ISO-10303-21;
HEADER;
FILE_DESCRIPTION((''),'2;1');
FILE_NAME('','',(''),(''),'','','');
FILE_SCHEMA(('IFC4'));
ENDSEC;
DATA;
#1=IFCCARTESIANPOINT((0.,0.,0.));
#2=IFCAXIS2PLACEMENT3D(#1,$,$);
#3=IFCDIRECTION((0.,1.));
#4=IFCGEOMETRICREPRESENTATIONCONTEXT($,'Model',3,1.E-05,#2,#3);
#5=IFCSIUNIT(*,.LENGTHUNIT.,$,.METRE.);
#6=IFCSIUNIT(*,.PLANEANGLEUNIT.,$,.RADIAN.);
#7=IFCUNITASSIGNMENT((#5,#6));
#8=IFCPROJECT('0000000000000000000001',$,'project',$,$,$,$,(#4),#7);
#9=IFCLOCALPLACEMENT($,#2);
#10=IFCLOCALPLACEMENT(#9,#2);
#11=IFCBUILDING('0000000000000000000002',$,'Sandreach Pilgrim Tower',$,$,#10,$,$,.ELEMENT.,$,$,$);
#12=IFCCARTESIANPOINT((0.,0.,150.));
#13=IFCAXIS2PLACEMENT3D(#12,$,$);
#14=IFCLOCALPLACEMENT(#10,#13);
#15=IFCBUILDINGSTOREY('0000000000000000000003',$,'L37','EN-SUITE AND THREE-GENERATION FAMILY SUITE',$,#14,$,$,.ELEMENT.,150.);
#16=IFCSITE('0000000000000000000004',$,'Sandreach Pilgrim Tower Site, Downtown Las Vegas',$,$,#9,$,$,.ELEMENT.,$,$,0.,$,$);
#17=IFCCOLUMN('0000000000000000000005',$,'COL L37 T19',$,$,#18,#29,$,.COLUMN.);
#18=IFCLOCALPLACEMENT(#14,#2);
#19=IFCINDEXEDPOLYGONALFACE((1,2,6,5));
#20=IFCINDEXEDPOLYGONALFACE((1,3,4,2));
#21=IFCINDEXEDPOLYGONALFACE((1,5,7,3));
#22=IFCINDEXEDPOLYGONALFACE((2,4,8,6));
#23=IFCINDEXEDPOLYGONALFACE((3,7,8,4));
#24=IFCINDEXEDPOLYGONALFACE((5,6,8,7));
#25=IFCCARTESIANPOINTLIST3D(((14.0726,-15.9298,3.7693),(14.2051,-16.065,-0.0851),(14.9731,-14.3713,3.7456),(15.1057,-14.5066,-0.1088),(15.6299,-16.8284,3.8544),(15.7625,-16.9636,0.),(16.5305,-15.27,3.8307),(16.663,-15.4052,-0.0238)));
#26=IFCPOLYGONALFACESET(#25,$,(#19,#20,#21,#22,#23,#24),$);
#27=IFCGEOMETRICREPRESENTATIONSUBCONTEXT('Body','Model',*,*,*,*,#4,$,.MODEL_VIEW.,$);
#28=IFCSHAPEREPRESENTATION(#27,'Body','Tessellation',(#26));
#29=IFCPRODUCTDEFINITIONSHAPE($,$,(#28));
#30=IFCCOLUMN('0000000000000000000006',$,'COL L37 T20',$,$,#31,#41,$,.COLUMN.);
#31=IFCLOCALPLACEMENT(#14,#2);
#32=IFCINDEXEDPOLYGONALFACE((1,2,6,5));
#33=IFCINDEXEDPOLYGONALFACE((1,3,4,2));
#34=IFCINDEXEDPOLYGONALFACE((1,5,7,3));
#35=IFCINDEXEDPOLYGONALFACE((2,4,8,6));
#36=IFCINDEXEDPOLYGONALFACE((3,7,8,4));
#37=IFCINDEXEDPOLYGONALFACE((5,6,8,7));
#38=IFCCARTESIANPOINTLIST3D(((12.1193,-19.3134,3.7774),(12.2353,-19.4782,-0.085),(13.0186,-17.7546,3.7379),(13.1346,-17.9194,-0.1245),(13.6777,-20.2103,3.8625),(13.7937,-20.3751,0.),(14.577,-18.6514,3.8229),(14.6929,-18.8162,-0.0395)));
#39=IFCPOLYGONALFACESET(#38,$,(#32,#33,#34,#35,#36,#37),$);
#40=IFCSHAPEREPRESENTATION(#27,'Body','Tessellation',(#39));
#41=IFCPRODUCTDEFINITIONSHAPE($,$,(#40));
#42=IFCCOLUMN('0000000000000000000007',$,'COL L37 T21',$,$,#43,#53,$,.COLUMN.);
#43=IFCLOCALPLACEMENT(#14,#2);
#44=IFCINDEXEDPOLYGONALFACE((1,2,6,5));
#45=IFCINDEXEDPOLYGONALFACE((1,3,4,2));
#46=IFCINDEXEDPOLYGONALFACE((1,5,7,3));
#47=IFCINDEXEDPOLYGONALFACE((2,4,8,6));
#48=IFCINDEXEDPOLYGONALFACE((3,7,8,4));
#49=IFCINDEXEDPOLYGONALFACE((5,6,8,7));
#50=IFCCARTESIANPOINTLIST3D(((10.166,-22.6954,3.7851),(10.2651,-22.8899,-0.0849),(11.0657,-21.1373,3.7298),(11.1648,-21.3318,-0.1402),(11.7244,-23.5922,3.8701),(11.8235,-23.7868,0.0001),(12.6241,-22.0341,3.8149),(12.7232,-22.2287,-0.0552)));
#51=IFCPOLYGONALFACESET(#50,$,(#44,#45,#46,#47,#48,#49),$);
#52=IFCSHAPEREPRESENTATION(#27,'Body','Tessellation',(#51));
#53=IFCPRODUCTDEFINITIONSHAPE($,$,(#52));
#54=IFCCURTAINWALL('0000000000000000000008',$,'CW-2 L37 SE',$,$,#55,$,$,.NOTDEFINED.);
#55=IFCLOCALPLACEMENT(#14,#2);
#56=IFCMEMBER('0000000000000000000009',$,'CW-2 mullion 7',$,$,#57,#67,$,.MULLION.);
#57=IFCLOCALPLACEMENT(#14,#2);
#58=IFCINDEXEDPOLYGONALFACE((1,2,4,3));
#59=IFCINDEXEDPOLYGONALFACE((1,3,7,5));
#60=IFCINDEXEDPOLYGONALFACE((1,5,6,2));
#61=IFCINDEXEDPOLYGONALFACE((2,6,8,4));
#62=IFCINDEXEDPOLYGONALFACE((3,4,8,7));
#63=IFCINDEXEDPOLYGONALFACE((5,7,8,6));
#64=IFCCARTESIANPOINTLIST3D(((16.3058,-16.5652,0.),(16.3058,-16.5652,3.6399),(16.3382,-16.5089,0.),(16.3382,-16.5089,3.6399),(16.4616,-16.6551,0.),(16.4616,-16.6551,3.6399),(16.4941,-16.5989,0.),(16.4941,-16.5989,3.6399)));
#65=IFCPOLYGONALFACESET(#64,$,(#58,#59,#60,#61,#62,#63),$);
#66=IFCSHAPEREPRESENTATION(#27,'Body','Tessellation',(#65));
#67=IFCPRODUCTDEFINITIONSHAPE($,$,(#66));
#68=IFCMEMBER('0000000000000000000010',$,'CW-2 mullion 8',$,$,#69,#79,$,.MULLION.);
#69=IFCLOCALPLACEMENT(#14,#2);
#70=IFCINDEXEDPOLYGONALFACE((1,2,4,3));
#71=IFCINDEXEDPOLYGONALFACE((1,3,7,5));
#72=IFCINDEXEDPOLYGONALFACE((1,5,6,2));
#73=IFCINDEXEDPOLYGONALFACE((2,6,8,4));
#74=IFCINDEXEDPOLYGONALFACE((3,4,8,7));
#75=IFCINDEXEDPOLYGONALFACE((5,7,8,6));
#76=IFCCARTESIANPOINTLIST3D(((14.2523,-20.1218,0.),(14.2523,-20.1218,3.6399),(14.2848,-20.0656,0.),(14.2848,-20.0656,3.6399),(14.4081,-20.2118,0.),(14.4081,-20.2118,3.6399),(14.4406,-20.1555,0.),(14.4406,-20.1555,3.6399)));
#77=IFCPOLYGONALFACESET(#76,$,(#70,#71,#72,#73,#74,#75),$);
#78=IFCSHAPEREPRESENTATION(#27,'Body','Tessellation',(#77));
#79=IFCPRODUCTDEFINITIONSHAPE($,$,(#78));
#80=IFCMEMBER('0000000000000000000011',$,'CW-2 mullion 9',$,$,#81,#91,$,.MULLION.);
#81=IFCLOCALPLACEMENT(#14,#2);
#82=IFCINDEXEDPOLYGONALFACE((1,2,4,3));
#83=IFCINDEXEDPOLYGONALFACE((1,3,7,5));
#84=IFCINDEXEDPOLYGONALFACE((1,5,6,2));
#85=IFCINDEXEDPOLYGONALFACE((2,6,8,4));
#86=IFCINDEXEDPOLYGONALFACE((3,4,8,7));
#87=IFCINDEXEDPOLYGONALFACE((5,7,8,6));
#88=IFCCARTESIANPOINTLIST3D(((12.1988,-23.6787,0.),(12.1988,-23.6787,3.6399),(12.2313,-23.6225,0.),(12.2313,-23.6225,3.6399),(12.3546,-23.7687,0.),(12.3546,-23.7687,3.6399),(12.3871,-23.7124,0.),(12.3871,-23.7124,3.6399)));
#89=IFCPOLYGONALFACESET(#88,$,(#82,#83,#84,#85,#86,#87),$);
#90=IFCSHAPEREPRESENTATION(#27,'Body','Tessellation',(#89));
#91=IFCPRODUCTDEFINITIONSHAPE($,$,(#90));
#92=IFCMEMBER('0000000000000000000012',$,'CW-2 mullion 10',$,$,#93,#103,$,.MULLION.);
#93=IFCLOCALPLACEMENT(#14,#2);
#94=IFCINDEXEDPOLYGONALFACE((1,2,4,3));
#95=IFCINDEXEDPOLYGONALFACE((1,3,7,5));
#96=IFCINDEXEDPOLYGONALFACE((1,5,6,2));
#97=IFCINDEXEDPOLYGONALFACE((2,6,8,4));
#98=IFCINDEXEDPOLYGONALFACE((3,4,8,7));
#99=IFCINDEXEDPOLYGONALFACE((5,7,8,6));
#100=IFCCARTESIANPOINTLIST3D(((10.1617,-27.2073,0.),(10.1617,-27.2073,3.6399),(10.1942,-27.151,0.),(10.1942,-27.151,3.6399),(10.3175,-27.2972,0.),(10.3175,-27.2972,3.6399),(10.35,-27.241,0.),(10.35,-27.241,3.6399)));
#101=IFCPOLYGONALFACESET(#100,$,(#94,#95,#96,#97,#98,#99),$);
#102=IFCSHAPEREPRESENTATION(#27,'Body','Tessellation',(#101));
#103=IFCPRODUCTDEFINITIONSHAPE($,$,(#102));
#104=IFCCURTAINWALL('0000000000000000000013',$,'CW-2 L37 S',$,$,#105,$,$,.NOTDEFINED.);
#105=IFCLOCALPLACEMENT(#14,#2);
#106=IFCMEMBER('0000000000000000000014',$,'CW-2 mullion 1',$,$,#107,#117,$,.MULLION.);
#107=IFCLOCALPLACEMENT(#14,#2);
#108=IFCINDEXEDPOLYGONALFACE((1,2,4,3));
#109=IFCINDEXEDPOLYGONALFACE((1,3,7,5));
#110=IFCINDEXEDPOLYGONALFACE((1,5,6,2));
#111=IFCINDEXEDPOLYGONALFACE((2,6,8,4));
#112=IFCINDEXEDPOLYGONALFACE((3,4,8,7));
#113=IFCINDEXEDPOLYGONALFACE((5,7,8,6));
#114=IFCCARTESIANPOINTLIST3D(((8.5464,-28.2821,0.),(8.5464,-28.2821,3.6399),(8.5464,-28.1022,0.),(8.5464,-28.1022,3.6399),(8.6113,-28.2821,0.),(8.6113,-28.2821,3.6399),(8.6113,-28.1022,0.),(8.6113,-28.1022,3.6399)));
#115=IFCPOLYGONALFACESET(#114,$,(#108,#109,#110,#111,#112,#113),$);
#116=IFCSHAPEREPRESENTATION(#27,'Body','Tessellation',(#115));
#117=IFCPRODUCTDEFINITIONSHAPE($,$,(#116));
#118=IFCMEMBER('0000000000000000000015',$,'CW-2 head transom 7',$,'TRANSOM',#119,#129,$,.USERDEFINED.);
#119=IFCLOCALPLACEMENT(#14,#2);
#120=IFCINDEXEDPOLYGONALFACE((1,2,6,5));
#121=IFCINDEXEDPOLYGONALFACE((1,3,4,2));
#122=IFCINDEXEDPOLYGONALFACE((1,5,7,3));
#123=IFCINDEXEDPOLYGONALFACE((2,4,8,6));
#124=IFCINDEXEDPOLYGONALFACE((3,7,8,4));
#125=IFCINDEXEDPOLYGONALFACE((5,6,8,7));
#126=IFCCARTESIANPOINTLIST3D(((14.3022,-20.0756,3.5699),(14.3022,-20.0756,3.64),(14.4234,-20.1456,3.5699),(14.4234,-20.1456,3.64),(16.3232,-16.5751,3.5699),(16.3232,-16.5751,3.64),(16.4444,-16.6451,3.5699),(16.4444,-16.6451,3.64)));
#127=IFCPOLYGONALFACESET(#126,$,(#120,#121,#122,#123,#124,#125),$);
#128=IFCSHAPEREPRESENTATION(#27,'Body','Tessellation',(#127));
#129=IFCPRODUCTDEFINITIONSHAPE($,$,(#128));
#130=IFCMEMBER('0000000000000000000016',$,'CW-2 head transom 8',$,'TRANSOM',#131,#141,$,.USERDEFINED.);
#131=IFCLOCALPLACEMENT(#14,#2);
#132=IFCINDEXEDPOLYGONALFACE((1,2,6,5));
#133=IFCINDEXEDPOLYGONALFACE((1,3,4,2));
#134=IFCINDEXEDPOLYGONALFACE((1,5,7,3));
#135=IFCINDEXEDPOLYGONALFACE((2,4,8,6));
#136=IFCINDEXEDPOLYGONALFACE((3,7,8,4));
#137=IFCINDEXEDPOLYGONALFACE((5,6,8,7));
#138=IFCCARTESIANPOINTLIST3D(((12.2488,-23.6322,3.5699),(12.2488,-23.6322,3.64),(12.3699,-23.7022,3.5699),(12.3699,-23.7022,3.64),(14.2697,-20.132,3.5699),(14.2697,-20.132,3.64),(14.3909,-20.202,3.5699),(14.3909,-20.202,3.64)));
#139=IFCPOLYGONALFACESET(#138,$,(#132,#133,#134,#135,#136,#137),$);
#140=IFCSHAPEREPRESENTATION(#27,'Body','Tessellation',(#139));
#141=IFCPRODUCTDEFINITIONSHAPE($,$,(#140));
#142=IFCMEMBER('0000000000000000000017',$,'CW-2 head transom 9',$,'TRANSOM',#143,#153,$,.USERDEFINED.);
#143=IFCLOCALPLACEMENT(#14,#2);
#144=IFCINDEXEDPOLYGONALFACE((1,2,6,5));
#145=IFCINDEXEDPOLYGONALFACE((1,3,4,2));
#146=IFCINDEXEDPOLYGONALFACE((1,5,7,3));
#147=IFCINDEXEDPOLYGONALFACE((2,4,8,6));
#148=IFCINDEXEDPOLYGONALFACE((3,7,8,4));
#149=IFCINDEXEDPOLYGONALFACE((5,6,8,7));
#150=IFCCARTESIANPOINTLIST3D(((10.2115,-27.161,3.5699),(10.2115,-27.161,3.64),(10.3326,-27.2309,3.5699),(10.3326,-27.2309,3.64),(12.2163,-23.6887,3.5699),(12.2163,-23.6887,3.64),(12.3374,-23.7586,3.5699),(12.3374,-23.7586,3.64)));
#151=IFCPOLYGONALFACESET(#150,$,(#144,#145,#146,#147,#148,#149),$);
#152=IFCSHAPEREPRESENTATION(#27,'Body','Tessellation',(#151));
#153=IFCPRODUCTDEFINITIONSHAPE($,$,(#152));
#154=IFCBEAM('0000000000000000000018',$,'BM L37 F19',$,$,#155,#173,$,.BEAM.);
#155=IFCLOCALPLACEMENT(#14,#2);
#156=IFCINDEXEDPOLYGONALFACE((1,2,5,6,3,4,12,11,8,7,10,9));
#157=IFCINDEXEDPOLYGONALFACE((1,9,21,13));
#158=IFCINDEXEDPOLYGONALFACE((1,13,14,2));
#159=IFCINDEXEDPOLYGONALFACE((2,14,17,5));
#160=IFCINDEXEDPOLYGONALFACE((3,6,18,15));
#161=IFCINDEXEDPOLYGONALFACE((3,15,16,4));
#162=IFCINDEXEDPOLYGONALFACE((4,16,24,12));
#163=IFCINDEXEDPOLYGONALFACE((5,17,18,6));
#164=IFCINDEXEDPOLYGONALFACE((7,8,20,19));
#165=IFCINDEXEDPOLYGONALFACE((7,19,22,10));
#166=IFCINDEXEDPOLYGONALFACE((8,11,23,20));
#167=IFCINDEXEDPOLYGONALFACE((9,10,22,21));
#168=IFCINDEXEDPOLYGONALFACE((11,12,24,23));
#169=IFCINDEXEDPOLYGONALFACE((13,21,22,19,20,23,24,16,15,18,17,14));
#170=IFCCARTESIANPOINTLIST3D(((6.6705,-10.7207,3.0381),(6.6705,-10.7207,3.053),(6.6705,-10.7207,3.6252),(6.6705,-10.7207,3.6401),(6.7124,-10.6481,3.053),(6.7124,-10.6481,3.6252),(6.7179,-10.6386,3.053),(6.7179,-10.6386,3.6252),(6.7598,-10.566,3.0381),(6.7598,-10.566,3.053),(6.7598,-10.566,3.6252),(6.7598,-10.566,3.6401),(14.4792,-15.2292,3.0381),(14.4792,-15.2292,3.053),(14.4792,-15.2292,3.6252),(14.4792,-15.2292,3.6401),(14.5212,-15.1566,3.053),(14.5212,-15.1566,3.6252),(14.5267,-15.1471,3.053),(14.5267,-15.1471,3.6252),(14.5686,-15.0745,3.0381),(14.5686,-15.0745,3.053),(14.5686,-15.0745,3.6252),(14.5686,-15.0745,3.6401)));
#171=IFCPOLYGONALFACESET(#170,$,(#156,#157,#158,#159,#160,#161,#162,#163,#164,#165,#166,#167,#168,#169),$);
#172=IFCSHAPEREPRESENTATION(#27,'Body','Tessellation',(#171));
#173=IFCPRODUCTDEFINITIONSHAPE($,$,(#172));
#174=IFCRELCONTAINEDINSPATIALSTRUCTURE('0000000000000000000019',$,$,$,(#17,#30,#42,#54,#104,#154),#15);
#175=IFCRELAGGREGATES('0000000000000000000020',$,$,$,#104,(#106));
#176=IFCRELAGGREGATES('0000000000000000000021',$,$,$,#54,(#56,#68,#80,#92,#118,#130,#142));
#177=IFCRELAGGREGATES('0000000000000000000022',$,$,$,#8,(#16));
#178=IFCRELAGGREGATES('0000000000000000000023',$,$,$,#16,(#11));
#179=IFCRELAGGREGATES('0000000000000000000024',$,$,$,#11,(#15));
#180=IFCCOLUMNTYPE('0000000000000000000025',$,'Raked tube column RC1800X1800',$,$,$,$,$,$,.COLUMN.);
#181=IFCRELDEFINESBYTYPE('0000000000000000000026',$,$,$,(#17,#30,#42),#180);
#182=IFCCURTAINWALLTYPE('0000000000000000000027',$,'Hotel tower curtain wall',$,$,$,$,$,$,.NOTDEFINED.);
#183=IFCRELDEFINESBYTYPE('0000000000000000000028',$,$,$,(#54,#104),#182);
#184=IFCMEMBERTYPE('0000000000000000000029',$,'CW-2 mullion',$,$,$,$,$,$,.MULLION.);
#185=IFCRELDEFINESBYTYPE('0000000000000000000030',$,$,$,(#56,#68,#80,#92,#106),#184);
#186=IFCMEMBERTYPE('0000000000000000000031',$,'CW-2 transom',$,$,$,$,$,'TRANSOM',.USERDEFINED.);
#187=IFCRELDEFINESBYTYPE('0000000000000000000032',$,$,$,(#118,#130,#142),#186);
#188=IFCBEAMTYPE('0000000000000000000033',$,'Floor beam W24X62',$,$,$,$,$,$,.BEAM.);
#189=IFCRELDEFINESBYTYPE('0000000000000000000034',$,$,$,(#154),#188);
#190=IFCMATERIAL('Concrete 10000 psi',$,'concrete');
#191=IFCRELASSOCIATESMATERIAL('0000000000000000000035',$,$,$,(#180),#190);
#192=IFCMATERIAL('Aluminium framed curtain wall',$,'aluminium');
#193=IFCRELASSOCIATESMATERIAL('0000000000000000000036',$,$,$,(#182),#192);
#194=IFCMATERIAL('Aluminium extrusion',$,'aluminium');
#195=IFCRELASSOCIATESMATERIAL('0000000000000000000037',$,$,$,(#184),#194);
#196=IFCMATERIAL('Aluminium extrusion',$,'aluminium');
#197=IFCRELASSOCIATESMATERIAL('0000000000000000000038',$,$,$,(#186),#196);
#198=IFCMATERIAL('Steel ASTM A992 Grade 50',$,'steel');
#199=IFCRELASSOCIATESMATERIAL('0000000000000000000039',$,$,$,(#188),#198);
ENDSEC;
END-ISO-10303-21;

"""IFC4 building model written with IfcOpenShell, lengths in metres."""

from ifc_helpers import new_model, si_unit, direction, frame, origin, origin_2d, place, context, subcontext, project, spatial, rectangle, i_section, extrude, material, material_profile, profile_set, type_object, element, aggregate, save


model = new_model("IFC4")

# Units and contexts
model_context = context("Model", 3, precision=1e-05, world=origin(), true_north=direction((0.0, 1.0)))
body_context = subcontext(model_context, "Body", "Model", "MODEL_VIEW")
ifc_project = project(units=[si_unit("LENGTHUNIT", "METRE"), si_unit("PLANEANGLEUNIT", "RADIAN")], contexts=[model_context])

# Site, building, storey
site_placement = place(None, origin())
site = spatial("IfcSite", under=ifc_project, at=site_placement, Name="Sandreach Pilgrim Tower Site, Downtown Las Vegas", CompositionType="ELEMENT", RefElevation=0.0)
building_placement = place(site_placement, origin())
building = spatial("IfcBuilding", under=site, at=building_placement, Name="Sandreach Pilgrim Tower", CompositionType="ELEMENT")
storey_placement = place(building_placement, frame((0.0, 0.0, 150.0)))
storey = spatial("IfcBuildingStorey", under=building, at=storey_placement, Name="L37", Description="EN-SUITE AND THREE-GENERATION FAMILY SUITE", CompositionType="ELEMENT", Elevation=150.0)

# Columns
ifc_material_1 = material(Name="Concrete 10000 psi", Category="concrete")
ifc_material_profile_1 = material_profile(ifc_material_1, rectangle(XDim=1.8, YDim=1.8, at=origin_2d()), Name="RC1800X1800")
ifc_profile_set_1 = profile_set([ifc_material_profile_1], Name="Concrete 10000 psi")
column_type = type_object("IfcColumnType", Name="Raked tube column RC1800X1800", PredefinedType="COLUMN", material=ifc_profile_set_1)
column_1_placement = place(storey_placement, frame((15.4341, -15.7351, -0.0544), z_axis=(-0.034352, 0.035048, 0.998795), x_axis=(0.865184, -0.499222, 0.047274)))
element("IfcColumn", 1, at=column_1_placement, inside=storey, type_object=column_type, Name="COL L37 T19", PredefinedType="COLUMN", context=body_context, shape_type="SweptSolid", body=[
    extrude(rectangle(XDim=1.8, YDim=1.8, at=origin_2d()), origin(), (0.0, 0.0, 1.0), 3.8591),
])
column_2_placement = place(storey_placement, frame((13.4641, -19.1472, -0.0623), z_axis=(-0.029985, 0.04261, 0.998642), x_axis=(0.865748, -0.498245, 0.047253)))
element("IfcColumn", 2, at=column_2_placement, inside=storey, type_object=column_type, Name="COL L37 T20", PredefinedType="COLUMN", context=body_context, shape_type="SweptSolid", body=[
    extrude(rectangle(XDim=1.8, YDim=1.8, at=origin_2d()), origin(), (0.0, 0.0, 1.0), 3.8677),
])
column_3_placement = place(storey_placement, frame((11.4941, -22.5593, -0.0701), z_axis=(-0.025571, 0.050198, 0.998412), x_axis=(0.865746, -0.498251, 0.047224)))
element("IfcColumn", 3, at=column_3_placement, inside=storey, type_object=column_type, Name="COL L37 T21", PredefinedType="COLUMN", context=body_context, shape_type="SweptSolid", body=[
    extrude(rectangle(XDim=1.8, YDim=1.8, at=origin_2d()), origin(), (0.0, 0.0, 1.0), 3.8762),
])

# Curtain wall, members
ifc_material_2 = material(Name="Aluminium framed curtain wall", Category="aluminium")
curtain_wall_type = type_object("IfcCurtainWallType", Name="Hotel tower curtain wall", PredefinedType="NOTDEFINED", material=ifc_material_2)
curtain_wall_1_placement = place(storey_placement, origin())
curtain_wall_1 = element("IfcCurtainWall", 4, at=curtain_wall_1_placement, inside=storey, type_object=curtain_wall_type, Name="CW-2 L37 SE", PredefinedType="NOTDEFINED")
ifc_material_3 = material(Name="Aluminium extrusion", Category="aluminium")
ifc_material_profile_2 = material_profile(ifc_material_3, rectangle(XDim=0.0649, YDim=0.1799, at=origin_2d()), Name="CW-2M 65X180")
ifc_profile_set_2 = profile_set([ifc_material_profile_2], Name="Aluminium extrusion")
member_type_1 = type_object("IfcMemberType", Name="CW-2 mullion", PredefinedType="MULLION", material=ifc_profile_set_2)
member_1_placement = place(storey_placement, frame((16.3999, -16.582, 0.0), z_axis=(0.0, 0.0, 1.0), x_axis=(-0.5, -0.866025, 0.0)))
member_1 = element("IfcMember", 5, at=member_1_placement, type_object=member_type_1, Name="CW-2 mullion 7", PredefinedType="MULLION", context=body_context, shape_type="SweptSolid", body=[
    extrude(rectangle(XDim=0.0649, YDim=0.1799, at=origin_2d()), origin(), (0.0, 0.0, 1.0), 3.6399),
])
member_2_placement = place(storey_placement, frame((14.3464, -20.1387, 0.0), z_axis=(0.0, 0.0, 1.0), x_axis=(-0.5, -0.866025, 0.0)))
member_2 = element("IfcMember", 6, at=member_2_placement, type_object=member_type_1, Name="CW-2 mullion 8", PredefinedType="MULLION", context=body_context, shape_type="SweptSolid", body=[
    extrude(rectangle(XDim=0.0649, YDim=0.1799, at=origin_2d()), origin(), (0.0, 0.0, 1.0), 3.6399),
])
member_3_placement = place(storey_placement, frame((12.293, -23.6956, 0.0), z_axis=(0.0, 0.0, 1.0), x_axis=(-0.5, -0.866025, 0.0)))
member_3 = element("IfcMember", 7, at=member_3_placement, type_object=member_type_1, Name="CW-2 mullion 9", PredefinedType="MULLION", context=body_context, shape_type="SweptSolid", body=[
    extrude(rectangle(XDim=0.0649, YDim=0.1799, at=origin_2d()), origin(), (0.0, 0.0, 1.0), 3.6399),
])
member_4_placement = place(storey_placement, frame((10.2559, -27.2241, 0.0), z_axis=(0.0, 0.0, 1.0), x_axis=(-0.5, -0.866025, 0.0)))
member_4 = element("IfcMember", 8, at=member_4_placement, type_object=member_type_1, Name="CW-2 mullion 10", PredefinedType="MULLION", context=body_context, shape_type="SweptSolid", body=[
    extrude(rectangle(XDim=0.0649, YDim=0.1799, at=origin_2d()), origin(), (0.0, 0.0, 1.0), 3.6399),
])

# Curtain wall, member
curtain_wall_2_placement = place(storey_placement, origin())
curtain_wall_2 = element("IfcCurtainWall", 9, at=curtain_wall_2_placement, inside=storey, type_object=curtain_wall_type, Name="CW-2 L37 S", PredefinedType="NOTDEFINED")
member_5_placement = place(storey_placement, frame((8.5789, -28.1921, 0.0), z_axis=(0.0, 0.0, 1.0), x_axis=(-1.0, 0.0, 0.0)))
member_5 = element("IfcMember", 10, at=member_5_placement, type_object=member_type_1, Name="CW-2 mullion 1", PredefinedType="MULLION", context=body_context, shape_type="SweptSolid", body=[
    extrude(rectangle(XDim=0.0649, YDim=0.1799, at=origin_2d()), origin(), (0.0, 0.0, 1.0), 3.6399),
])
aggregate(curtain_wall_2, [member_5])

# Members
ifc_material_4 = material(Name="Aluminium extrusion", Category="aluminium")
ifc_material_profile_3 = material_profile(ifc_material_4, rectangle(XDim=0.1399, YDim=0.0701, at=origin_2d()), Name="CW-2T 140X70")
ifc_profile_set_3 = profile_set([ifc_material_profile_3], Name="Aluminium extrusion")
member_type_2 = type_object("IfcMemberType", Name="CW-2 transom", ElementType="TRANSOM", PredefinedType="USERDEFINED", material=ifc_profile_set_3)
member_6_placement = place(storey_placement, frame((16.3838, -16.6101, 3.605), z_axis=(-0.499998, -0.866027, 0.0), x_axis=(0.866027, -0.499998, 0.0)))
member_6 = element("IfcMember", 11, at=member_6_placement, type_object=member_type_2, Name="CW-2 head transom 7", ObjectType="TRANSOM", PredefinedType="USERDEFINED", context=body_context, shape_type="SweptSolid", body=[
    extrude(rectangle(XDim=0.1399, YDim=0.0701, at=origin_2d()), origin(), (0.0, 0.0, 1.0), 4.042),
])
member_7_placement = place(storey_placement, frame((14.3303, -20.167, 3.605), z_axis=(-0.500024, -0.866012, 0.0), x_axis=(0.866012, -0.500024, 0.0)))
member_7 = element("IfcMember", 12, at=member_7_placement, type_object=member_type_2, Name="CW-2 head transom 8", ObjectType="TRANSOM", PredefinedType="USERDEFINED", context=body_context, shape_type="SweptSolid", body=[
    extrude(rectangle(XDim=0.1399, YDim=0.0701, at=origin_2d()), origin(), (0.0, 0.0, 1.0), 4.0417),
])
member_8_placement = place(storey_placement, frame((12.2769, -23.7236, 3.605), z_axis=(-0.500016, -0.866016, 0.0), x_axis=(0.866016, -0.500016, 0.0)))
member_8 = element("IfcMember", 13, at=member_8_placement, type_object=member_type_2, Name="CW-2 head transom 9", ObjectType="TRANSOM", PredefinedType="USERDEFINED", context=body_context, shape_type="SweptSolid", body=[
    extrude(rectangle(XDim=0.1399, YDim=0.0701, at=origin_2d()), origin(), (0.0, 0.0, 1.0), 4.0095),
])

# Beam
ifc_material_5 = material(Name="Steel ASTM A992 Grade 50", Category="steel")
ifc_material_profile_4 = material_profile(ifc_material_5, i_section(OverallWidth=0.1787, OverallDepth=0.6021, WebThickness=0.011, FlangeThickness=0.0149, at=origin_2d()), Name="W24X62")
ifc_profile_set_4 = profile_set([ifc_material_profile_4], Name="Steel ASTM A992 Grade 50")
beam_type_1 = type_object("IfcBeamType", Name="Floor beam W24X62", PredefinedType="BEAM", material=ifc_profile_set_4)
beam_1_placement = place(storey_placement, frame((14.5239, -15.1519, 3.3391), z_axis=(-0.86602, 0.500009, 0.0), x_axis=(-0.500009, -0.86602, 0.0)))
element("IfcBeam", 14, at=beam_1_placement, inside=storey, type_object=beam_type_1, Name="BM L37 F19", PredefinedType="BEAM", context=body_context, shape_type="SweptSolid", body=[
    extrude(i_section(OverallWidth=0.1787, OverallDepth=0.6021, WebThickness=0.011, FlangeThickness=0.0149, at=origin_2d()), origin(), (0.0, 0.0, 1.0), 9.0168),
])

aggregate(curtain_wall_1, [member_1, member_2, member_3, member_4, member_6, member_7, member_8])

save(model, "model.ifc")
